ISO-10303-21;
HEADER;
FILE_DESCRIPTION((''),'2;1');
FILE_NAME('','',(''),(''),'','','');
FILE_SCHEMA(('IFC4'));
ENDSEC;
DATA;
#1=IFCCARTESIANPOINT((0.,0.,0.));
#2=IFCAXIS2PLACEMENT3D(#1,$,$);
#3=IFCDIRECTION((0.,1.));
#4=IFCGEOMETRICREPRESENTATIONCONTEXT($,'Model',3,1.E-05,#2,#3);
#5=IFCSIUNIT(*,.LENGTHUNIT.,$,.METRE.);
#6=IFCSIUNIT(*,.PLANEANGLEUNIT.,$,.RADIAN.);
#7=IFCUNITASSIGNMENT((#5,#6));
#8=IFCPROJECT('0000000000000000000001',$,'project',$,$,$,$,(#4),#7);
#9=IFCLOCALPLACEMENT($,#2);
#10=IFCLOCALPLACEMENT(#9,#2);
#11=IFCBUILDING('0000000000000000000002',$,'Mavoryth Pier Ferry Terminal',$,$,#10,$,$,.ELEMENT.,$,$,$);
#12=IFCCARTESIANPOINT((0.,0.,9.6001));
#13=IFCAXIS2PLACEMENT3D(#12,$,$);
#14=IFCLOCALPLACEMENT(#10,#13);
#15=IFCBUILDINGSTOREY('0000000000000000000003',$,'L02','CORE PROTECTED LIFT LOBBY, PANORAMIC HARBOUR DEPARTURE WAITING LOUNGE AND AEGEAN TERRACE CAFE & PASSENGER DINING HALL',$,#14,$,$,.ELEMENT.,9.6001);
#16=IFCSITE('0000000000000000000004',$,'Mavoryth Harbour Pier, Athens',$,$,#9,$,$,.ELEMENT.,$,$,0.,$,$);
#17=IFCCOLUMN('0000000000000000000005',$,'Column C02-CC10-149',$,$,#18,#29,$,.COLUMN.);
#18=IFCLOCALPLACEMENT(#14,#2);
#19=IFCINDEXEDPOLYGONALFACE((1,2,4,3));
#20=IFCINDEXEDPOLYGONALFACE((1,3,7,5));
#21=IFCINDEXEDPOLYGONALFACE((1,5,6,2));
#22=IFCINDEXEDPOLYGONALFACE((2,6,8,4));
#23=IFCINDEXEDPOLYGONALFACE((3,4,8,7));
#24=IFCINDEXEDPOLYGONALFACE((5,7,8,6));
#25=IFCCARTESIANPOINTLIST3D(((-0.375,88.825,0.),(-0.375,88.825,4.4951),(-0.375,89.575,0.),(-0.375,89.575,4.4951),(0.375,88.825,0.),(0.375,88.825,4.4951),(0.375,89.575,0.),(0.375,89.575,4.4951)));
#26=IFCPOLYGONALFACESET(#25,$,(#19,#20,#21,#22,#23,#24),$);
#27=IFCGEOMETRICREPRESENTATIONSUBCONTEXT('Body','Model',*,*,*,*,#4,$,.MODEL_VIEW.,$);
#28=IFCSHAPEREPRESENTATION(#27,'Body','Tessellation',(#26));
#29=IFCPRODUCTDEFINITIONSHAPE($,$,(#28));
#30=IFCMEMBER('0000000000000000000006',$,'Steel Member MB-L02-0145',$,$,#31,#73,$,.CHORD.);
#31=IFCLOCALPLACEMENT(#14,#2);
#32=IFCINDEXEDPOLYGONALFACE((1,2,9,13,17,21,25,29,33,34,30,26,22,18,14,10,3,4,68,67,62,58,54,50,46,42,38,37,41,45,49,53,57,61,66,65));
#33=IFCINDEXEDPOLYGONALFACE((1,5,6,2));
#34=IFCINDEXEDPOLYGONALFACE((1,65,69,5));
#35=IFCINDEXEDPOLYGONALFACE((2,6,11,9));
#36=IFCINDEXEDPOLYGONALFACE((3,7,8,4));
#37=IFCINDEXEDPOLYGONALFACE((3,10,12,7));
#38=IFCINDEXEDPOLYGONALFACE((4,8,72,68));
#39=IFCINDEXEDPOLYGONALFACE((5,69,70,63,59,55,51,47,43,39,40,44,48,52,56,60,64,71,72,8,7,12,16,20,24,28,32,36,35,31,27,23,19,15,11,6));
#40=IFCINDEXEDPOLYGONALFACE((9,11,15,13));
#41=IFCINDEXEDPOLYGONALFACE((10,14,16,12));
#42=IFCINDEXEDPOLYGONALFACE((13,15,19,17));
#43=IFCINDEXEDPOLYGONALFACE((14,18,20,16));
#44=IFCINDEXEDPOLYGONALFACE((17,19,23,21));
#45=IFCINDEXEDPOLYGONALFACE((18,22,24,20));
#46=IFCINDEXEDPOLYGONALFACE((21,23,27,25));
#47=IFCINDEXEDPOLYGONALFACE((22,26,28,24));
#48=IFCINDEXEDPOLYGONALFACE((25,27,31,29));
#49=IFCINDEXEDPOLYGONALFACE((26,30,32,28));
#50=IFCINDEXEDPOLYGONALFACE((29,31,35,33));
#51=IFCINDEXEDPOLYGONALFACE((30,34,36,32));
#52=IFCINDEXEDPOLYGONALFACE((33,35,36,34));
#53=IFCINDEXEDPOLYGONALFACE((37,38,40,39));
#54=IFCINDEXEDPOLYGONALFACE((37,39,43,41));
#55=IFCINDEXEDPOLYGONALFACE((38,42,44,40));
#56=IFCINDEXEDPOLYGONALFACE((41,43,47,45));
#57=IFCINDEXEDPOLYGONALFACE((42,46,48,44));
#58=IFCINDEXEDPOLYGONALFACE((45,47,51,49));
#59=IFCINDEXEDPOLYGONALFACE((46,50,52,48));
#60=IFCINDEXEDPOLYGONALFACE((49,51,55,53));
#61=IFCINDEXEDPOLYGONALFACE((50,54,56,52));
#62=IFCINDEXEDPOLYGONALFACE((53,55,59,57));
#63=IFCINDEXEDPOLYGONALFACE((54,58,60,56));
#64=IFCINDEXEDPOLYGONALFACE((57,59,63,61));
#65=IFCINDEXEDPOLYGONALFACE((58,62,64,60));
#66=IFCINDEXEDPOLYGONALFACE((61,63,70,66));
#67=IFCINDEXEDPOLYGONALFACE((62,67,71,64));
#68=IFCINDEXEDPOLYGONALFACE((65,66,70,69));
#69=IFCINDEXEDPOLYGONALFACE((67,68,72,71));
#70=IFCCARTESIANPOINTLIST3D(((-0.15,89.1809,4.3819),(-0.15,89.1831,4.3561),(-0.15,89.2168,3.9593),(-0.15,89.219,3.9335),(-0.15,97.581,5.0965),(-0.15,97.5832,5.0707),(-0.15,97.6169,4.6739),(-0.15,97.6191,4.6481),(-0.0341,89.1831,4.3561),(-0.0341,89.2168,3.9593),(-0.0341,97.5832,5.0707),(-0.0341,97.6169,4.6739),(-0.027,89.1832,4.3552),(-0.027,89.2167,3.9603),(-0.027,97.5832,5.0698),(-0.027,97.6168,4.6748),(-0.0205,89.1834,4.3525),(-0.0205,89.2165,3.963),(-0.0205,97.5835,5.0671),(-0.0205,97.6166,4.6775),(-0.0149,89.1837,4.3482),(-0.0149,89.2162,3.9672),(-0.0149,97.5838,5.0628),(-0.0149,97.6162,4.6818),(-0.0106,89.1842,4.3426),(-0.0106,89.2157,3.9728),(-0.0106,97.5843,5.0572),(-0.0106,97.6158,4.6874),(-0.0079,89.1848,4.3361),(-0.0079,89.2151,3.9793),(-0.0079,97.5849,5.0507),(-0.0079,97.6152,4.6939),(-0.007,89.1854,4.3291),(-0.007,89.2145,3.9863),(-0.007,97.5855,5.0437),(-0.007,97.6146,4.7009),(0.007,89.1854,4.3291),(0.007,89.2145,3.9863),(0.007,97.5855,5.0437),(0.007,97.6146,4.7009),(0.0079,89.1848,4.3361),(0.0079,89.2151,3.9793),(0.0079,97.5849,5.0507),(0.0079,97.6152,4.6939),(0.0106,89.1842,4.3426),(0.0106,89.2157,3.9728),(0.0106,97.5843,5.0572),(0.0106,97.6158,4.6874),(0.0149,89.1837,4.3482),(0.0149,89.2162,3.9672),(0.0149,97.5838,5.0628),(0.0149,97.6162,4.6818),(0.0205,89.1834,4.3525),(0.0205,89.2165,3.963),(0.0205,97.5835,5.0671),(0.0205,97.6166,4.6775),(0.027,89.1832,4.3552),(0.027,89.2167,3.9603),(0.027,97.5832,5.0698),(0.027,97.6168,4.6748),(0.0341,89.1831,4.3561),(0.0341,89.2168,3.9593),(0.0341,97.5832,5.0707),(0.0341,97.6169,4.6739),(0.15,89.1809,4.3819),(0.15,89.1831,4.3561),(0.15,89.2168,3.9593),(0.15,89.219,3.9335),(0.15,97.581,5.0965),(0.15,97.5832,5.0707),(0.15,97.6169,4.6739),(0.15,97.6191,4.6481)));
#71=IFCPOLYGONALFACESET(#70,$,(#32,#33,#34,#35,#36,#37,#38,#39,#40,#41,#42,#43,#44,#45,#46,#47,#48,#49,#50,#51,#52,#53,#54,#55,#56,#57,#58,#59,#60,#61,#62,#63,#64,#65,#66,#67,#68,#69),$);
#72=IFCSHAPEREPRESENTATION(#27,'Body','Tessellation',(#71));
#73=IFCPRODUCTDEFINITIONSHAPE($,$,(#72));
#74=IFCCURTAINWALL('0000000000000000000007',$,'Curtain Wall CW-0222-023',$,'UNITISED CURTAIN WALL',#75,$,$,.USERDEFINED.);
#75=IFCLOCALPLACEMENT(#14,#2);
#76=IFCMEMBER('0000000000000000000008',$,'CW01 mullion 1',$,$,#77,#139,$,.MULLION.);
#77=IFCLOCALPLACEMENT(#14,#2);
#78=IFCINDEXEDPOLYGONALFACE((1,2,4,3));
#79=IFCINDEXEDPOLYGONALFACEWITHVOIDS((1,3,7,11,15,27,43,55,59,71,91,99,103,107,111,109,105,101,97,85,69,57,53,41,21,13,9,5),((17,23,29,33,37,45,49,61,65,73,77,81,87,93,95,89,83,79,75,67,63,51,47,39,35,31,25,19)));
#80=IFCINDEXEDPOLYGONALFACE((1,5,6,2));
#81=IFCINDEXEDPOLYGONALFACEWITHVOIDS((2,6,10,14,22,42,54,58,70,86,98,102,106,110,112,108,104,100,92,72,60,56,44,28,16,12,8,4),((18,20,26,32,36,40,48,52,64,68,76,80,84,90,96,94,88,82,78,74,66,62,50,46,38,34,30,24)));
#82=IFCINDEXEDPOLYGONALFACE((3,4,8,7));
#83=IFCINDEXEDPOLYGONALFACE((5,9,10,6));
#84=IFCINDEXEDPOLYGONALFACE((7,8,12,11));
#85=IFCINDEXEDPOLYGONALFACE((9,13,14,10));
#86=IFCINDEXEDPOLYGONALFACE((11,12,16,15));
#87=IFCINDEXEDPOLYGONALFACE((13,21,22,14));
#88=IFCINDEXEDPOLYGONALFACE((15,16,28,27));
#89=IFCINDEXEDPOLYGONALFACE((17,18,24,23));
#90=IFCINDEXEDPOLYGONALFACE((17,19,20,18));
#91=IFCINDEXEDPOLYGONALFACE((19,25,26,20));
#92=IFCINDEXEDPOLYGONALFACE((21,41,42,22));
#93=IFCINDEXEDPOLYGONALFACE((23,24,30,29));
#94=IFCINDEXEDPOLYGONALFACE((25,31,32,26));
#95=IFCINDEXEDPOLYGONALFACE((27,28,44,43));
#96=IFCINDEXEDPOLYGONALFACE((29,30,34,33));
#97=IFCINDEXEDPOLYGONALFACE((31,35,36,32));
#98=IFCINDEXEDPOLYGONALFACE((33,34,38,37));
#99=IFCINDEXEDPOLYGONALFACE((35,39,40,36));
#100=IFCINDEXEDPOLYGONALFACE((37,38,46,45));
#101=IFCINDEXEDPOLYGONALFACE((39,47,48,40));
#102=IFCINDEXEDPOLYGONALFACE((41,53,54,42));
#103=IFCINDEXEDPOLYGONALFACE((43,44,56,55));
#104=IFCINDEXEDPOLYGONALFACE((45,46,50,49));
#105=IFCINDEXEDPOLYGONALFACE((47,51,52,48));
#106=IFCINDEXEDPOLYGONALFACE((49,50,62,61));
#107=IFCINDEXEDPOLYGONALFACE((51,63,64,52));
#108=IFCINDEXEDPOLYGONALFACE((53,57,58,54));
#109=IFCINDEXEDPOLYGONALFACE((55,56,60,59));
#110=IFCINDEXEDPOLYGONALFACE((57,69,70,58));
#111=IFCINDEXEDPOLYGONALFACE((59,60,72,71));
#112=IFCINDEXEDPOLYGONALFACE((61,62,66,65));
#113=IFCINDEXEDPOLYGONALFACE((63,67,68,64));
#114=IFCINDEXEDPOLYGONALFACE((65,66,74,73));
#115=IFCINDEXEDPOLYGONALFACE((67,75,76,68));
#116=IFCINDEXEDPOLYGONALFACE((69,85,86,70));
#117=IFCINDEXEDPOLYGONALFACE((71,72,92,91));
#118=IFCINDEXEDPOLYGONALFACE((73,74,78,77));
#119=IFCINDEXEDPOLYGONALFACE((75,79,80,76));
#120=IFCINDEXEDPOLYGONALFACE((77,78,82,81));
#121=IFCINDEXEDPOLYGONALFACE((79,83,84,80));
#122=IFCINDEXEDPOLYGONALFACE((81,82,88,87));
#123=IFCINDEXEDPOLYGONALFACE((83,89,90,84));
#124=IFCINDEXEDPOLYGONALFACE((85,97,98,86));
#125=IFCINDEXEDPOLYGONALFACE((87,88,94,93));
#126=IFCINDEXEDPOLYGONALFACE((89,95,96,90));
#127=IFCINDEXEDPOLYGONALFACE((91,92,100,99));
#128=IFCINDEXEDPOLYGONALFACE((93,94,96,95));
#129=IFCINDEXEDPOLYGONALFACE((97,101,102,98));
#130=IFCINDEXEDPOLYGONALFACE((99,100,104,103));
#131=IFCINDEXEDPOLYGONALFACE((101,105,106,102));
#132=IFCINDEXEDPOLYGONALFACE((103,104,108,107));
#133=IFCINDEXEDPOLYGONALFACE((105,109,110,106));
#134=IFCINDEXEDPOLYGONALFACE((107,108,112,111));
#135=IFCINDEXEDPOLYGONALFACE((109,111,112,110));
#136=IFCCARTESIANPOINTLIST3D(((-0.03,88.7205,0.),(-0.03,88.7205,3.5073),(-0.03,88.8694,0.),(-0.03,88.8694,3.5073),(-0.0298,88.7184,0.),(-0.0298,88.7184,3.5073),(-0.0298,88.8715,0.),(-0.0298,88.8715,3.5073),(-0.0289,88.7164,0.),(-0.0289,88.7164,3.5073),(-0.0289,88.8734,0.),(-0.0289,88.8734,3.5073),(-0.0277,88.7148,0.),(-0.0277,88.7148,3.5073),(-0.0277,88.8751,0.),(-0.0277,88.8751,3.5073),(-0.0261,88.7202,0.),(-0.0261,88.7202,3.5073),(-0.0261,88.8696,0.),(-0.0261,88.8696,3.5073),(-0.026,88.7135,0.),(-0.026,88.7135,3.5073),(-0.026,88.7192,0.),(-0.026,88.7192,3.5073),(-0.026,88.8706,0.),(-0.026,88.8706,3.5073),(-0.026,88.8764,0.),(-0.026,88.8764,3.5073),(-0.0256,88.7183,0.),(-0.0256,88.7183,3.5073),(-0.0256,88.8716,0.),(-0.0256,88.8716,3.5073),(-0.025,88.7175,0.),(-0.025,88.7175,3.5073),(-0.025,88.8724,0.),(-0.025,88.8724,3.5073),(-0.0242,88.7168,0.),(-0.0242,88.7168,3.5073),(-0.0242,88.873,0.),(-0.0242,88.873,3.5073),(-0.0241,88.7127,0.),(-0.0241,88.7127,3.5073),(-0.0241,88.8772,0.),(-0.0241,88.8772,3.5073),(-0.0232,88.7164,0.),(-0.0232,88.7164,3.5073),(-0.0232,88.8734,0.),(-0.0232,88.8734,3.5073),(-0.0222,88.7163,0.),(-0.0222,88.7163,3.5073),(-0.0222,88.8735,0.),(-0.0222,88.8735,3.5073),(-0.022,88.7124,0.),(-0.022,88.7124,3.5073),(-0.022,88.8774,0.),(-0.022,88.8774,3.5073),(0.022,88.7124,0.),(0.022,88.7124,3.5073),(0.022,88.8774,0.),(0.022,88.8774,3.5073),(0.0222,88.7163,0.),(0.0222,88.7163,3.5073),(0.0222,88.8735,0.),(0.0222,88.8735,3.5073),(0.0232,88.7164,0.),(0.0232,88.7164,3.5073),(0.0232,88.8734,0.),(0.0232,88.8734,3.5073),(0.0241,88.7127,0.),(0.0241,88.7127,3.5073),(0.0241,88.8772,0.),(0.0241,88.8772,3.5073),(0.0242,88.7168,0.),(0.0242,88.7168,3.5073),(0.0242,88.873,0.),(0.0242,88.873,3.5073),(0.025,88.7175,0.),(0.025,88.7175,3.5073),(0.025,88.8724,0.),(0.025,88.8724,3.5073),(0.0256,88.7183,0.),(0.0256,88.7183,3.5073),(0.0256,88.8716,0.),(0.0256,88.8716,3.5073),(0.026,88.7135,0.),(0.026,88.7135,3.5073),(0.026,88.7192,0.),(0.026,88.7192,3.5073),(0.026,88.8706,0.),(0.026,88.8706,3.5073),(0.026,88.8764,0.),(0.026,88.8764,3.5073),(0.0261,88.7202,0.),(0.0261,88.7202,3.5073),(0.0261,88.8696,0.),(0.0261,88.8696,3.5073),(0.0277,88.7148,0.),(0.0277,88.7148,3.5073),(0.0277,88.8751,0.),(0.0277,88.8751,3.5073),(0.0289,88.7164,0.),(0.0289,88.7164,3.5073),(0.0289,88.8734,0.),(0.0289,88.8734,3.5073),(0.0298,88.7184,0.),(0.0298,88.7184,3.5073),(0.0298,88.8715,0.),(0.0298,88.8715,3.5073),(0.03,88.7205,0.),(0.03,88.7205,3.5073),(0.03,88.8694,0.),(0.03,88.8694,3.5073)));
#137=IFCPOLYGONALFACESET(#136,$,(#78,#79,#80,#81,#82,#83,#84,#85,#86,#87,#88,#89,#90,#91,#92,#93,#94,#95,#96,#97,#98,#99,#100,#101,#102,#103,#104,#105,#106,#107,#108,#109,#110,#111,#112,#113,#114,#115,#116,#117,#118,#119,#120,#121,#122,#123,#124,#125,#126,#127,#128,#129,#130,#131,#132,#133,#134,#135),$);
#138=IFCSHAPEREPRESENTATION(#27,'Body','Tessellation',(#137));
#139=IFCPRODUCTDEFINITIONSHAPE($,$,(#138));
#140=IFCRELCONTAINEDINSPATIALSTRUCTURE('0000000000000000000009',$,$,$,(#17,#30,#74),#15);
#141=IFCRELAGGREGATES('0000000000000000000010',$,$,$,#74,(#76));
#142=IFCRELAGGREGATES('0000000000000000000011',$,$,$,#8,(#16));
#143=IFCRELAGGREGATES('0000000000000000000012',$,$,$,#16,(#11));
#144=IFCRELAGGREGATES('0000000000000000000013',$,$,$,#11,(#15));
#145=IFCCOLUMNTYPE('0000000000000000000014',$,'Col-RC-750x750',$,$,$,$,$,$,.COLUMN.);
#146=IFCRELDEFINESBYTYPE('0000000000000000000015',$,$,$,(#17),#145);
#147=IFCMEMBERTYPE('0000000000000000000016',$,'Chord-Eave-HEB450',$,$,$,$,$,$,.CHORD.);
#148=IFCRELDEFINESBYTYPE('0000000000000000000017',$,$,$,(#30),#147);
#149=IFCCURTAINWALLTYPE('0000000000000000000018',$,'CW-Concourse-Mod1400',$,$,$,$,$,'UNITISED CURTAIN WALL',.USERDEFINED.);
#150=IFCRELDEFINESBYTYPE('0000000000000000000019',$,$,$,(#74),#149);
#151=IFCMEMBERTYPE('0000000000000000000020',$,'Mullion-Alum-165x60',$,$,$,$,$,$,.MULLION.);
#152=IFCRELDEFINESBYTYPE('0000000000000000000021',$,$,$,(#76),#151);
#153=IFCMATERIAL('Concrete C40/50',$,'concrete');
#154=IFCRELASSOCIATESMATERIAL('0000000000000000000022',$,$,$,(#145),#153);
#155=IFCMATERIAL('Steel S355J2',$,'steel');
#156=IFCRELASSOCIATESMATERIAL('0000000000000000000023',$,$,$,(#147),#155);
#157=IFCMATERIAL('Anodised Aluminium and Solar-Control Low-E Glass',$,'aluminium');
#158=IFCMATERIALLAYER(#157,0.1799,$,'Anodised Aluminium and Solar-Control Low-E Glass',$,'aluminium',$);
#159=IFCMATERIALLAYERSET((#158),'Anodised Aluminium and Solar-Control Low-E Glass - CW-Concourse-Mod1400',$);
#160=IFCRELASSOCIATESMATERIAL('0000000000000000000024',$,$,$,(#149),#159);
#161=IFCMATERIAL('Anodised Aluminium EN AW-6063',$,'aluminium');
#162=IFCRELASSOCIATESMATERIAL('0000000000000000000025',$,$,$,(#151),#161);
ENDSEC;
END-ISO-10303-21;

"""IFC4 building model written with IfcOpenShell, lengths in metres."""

from ifc_helpers import new_model, si_unit, direction, frame, origin, origin_2d, place, context, subcontext, project, spatial, rectangle, hollow_rectangle, i_section, extrude, material, layer, layer_set, material_profile, profile_set, type_object, element, aggregate, save


model = new_model("IFC4")

# Units and contexts
model_context = context("Model", 3, precision=1e-05, world=origin(), true_north=direction((0.0, 1.0)))
body_context = subcontext(model_context, "Body", "Model", "MODEL_VIEW")
ifc_project = project(units=[si_unit("LENGTHUNIT", "METRE"), si_unit("PLANEANGLEUNIT", "RADIAN")], contexts=[model_context])

# Site, building, storey
site_placement = place(None, origin())
site = spatial("IfcSite", under=ifc_project, at=site_placement, Name="Mavoryth Harbour Pier, Athens", CompositionType="ELEMENT", RefElevation=0.0)
building_placement = place(site_placement, origin())
building = spatial("IfcBuilding", under=site, at=building_placement, Name="Mavoryth Pier Ferry Terminal", CompositionType="ELEMENT")
storey_placement = place(building_placement, frame((0.0, 0.0, 9.6001)))
storey = spatial("IfcBuildingStorey", under=building, at=storey_placement, Name="L02", Description="CORE PROTECTED LIFT LOBBY, PANORAMIC HARBOUR DEPARTURE WAITING LOUNGE AND AEGEAN TERRACE CAFE & PASSENGER DINING HALL", CompositionType="ELEMENT", Elevation=9.6001)

# Column
ifc_material_1 = material(Name="Concrete C40/50", Category="concrete")
ifc_material_profile_1 = material_profile(ifc_material_1, rectangle(XDim=0.75, YDim=0.75, at=origin_2d()), Name="RC 750x750", Category="concrete")
ifc_profile_set_1 = profile_set([ifc_material_profile_1], Name="Concrete C40/50 - RC 750x750")
column_type = type_object("IfcColumnType", Name="Col-RC-750x750", PredefinedType="COLUMN", material=ifc_profile_set_1)
column_placement = place(storey_placement, frame((0.0, 89.2, 0.0), z_axis=(0.0, 0.0, 1.0), x_axis=(1.0, 0.0, 0.0)))
element("IfcColumn", 1, at=column_placement, inside=storey, type_object=column_type, Name="Column C02-CC10-149", PredefinedType="COLUMN", context=body_context, shape_type="SweptSolid", body=[
    extrude(rectangle(XDim=0.75, YDim=0.75, at=origin_2d()), origin(), (0.0, 0.0, 1.0), 4.4951),
])

# Member
ifc_material_2 = material(Name="Steel S355J2", Category="steel")
ifc_material_profile_2 = material_profile(ifc_material_2, i_section(OverallWidth=0.3, OverallDepth=0.45, WebThickness=0.0139, FlangeThickness=0.0259, FilletRadius=0.0271, at=origin_2d()), Name="HEB 450", Category="steel")
ifc_profile_set_2 = profile_set([ifc_material_profile_2], Name="Steel S355J2 - HEB 450")
member_type_1 = type_object("IfcMemberType", Name="Chord-Eave-HEB450", PredefinedType="CHORD", material=ifc_profile_set_2)
member_1_placement = place(storey_placement, frame((0.0, 89.2, 4.1577), z_axis=(0.0, 0.996401, 0.084764), x_axis=(-1.0, 0.0, 0.0)))
element("IfcMember", 2, at=member_1_placement, inside=storey, type_object=member_type_1, Name="Steel Member MB-L02-0145", PredefinedType="CHORD", context=body_context, shape_type="SweptSolid", body=[
    extrude(i_section(OverallWidth=0.3, OverallDepth=0.45, WebThickness=0.0139, FlangeThickness=0.0259, FilletRadius=0.0271, at=origin_2d()), origin(), (0.0, 0.0, 1.0), 8.4304),
])

# Curtain wall, member
ifc_material_3 = material(Name="Anodised Aluminium and Solar-Control Low-E Glass", Category="aluminium")
ifc_layer_1 = layer(ifc_material_3, 0.1799, Name="Anodised Aluminium and Solar-Control Low-E Glass", Category="aluminium")
ifc_layer_set_1 = layer_set([ifc_layer_1], Name="Anodised Aluminium and Solar-Control Low-E Glass - CW-Concourse-Mod1400")
curtain_wall_type = type_object("IfcCurtainWallType", Name="CW-Concourse-Mod1400", ElementType="UNITISED CURTAIN WALL", PredefinedType="USERDEFINED", material=ifc_layer_set_1)
curtain_wall_1_placement = place(storey_placement, origin())
curtain_wall_1 = element("IfcCurtainWall", 3, at=curtain_wall_1_placement, inside=storey, type_object=curtain_wall_type, Name="Curtain Wall CW-0222-023", ObjectType="UNITISED CURTAIN WALL", PredefinedType="USERDEFINED")
ifc_material_4 = material(Name="Anodised Aluminium EN AW-6063", Category="aluminium")
ifc_material_profile_3 = material_profile(ifc_material_4, hollow_rectangle(XDim=0.0601, YDim=0.165, WallThickness=0.0039, InnerFilletRadius=0.0039, OuterFilletRadius=0.0081, at=origin_2d()), Name="AL-MULL 165x60x4", Category="aluminium")
ifc_profile_set_3 = profile_set([ifc_material_profile_3], Name="Anodised Aluminium EN AW-6063 - AL-MULL 165x60x4")
member_type_2 = type_object("IfcMemberType", Name="Mullion-Alum-165x60", PredefinedType="MULLION", material=ifc_profile_set_3)
member_2_placement = place(storey_placement, frame((0.0, 88.7949, 0.0), z_axis=(0.0, 0.0, 1.0), x_axis=(1.0, 0.0, 0.0)))
member_2 = element("IfcMember", 4, at=member_2_placement, type_object=member_type_2, Name="CW01 mullion 1", PredefinedType="MULLION", context=body_context, shape_type="SweptSolid", body=[
    extrude(hollow_rectangle(XDim=0.0601, YDim=0.165, WallThickness=0.0039, InnerFilletRadius=0.0039, OuterFilletRadius=0.0081, at=origin_2d()), origin(), (0.0, 0.0, 1.0), 3.5073),
])

aggregate(curtain_wall_1, [member_2])

save(model, "model.ifc")
